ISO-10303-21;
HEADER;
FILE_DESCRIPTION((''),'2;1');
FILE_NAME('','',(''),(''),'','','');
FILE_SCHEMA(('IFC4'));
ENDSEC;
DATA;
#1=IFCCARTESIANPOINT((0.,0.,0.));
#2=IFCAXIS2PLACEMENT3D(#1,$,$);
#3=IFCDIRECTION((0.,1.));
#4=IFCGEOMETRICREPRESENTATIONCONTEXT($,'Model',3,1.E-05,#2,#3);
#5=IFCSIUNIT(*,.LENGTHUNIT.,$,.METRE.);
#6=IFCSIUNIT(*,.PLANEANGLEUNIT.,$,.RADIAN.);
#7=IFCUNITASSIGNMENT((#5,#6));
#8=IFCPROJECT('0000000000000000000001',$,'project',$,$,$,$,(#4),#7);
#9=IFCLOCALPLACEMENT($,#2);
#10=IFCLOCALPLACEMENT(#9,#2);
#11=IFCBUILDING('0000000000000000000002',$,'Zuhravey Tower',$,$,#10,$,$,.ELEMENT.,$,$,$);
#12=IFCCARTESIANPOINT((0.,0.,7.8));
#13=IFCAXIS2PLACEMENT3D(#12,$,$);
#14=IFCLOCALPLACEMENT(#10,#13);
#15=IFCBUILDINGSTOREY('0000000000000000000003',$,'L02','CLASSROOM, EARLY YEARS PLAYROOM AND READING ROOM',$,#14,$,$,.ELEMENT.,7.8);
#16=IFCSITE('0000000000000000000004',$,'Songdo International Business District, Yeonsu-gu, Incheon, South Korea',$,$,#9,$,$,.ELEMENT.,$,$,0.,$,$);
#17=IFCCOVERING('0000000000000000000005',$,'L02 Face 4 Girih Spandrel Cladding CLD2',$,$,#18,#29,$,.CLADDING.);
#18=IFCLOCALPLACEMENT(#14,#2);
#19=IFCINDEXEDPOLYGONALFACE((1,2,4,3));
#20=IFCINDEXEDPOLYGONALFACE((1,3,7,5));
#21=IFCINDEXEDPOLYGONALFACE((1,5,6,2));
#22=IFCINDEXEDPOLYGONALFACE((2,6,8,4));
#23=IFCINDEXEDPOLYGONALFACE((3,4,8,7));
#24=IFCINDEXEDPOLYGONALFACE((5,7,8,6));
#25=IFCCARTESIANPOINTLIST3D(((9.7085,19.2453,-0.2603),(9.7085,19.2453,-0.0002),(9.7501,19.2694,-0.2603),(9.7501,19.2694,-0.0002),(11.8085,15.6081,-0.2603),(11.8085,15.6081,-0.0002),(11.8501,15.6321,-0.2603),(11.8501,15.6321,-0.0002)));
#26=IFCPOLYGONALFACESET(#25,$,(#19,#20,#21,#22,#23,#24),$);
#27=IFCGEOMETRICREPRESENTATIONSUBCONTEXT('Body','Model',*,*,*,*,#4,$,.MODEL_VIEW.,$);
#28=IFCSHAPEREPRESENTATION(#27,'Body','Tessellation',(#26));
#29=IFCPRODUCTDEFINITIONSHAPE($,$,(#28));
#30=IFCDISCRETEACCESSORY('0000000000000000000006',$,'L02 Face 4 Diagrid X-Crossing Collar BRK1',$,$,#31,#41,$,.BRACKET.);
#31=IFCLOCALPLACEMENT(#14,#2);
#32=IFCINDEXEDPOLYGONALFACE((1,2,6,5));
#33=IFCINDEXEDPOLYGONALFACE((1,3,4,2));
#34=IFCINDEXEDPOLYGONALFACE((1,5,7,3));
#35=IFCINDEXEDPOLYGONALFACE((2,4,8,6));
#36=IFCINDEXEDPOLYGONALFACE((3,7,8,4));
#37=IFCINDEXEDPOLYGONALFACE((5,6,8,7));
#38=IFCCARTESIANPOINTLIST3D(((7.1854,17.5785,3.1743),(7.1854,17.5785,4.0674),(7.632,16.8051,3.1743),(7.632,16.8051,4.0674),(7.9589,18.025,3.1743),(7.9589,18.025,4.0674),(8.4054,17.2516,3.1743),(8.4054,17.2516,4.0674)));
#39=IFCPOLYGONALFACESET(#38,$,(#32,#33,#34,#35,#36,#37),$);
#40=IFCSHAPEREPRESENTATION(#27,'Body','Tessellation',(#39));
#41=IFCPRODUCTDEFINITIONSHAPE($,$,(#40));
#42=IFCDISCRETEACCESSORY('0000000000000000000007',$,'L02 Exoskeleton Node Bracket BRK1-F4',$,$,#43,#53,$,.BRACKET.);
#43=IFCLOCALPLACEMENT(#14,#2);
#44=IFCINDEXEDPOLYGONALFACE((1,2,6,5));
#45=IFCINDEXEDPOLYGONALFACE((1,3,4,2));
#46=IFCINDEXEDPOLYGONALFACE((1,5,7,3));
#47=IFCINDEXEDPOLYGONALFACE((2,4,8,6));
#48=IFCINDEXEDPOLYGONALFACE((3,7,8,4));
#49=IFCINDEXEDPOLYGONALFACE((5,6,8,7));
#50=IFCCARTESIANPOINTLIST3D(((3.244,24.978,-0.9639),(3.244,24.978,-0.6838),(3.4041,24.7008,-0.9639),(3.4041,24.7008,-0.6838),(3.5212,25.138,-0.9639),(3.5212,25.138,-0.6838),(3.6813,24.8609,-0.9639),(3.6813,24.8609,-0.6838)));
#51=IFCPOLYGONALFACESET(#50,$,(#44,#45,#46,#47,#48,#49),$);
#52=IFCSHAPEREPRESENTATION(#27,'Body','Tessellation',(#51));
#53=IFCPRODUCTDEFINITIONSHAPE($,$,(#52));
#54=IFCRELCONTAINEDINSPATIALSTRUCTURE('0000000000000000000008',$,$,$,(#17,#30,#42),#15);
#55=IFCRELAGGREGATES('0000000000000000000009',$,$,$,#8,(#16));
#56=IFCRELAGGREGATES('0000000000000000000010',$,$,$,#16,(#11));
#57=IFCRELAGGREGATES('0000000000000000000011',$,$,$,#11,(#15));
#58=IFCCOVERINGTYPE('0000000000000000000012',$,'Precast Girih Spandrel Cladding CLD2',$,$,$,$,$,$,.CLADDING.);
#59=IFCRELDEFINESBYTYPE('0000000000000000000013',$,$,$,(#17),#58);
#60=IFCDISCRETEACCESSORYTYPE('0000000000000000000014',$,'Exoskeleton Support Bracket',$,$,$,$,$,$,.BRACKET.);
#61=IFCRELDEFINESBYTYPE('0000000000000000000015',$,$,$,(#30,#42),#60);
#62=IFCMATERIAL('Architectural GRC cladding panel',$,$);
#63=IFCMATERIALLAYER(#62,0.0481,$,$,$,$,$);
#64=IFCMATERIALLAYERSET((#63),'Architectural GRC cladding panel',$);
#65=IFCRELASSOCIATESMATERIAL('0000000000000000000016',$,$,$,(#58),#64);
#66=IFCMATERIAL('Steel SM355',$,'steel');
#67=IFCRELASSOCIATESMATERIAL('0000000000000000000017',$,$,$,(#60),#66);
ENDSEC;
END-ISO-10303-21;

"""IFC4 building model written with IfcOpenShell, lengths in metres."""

from ifc_helpers import new_model, si_unit, direction, frame, origin, origin_2d, place, context, subcontext, project, spatial, rectangle, extrude, material, layer, layer_set, type_object, element, save


model = new_model("IFC4")

# Units and contexts
model_context = context("Model", 3, precision=1e-05, world=origin(), true_north=direction((0.0, 1.0)))
body_context = subcontext(model_context, "Body", "Model", "MODEL_VIEW")
ifc_project = project(units=[si_unit("LENGTHUNIT", "METRE"), si_unit("PLANEANGLEUNIT", "RADIAN")], contexts=[model_context])

# Site, building, storey
site_placement = place(None, origin())
site = spatial("IfcSite", under=ifc_project, at=site_placement, Name="Songdo International Business District, Yeonsu-gu, Incheon, South Korea", CompositionType="ELEMENT", RefElevation=0.0)
building_placement = place(site_placement, origin())
building = spatial("IfcBuilding", under=site, at=building_placement, Name="Zuhravey Tower", CompositionType="ELEMENT")
storey_placement = place(building_placement, frame((0.0, 0.0, 7.8)))
storey = spatial("IfcBuildingStorey", under=building, at=storey_placement, Name="L02", Description="CLASSROOM, EARLY YEARS PLAYROOM AND READING ROOM", CompositionType="ELEMENT", Elevation=7.8)

# Shared definitions
ifc_material_1 = material(Name="Steel SM355", Category="steel")

# Covering
ifc_material_2 = material(Name="Architectural GRC cladding panel")
ifc_layer_1 = layer(ifc_material_2, 0.0481)
ifc_layer_set_1 = layer_set([ifc_layer_1], Name="Architectural GRC cladding panel")
covering_type = type_object("IfcCoveringType", Name="Precast Girih Spandrel Cladding CLD2", PredefinedType="CLADDING", material=ifc_layer_set_1)
covering_placement = place(storey_placement, frame((10.7793, 17.4387, -0.2603), z_axis=(0.0, 0.0, 1.0), x_axis=(-0.5, 0.866025, 0.0)))
element("IfcCovering", 1, at=covering_placement, inside=storey, type_object=covering_type, Name="L02 Face 4 Girih Spandrel Cladding CLD2", PredefinedType="CLADDING", context=body_context, shape_type="SweptSolid", body=[
    extrude(rectangle(XDim=4.2, YDim=0.0481, at=origin_2d()), origin(), (0.0, 0.0, 1.0), 0.26),
])

# Discrete accessories
discrete_accessory_type = type_object("IfcDiscreteAccessoryType", Name="Exoskeleton Support Bracket", PredefinedType="BRACKET", material=ifc_material_1)
discrete_accessory_1_placement = place(storey_placement, frame((7.7954, 17.415, 3.1743), z_axis=(0.0, 0.0, 1.0), x_axis=(0.5, -0.866025, 0.0)))
element("IfcDiscreteAccessory", 2, at=discrete_accessory_1_placement, inside=storey, type_object=discrete_accessory_type, Name="L02 Face 4 Diagrid X-Crossing Collar BRK1", PredefinedType="BRACKET", context=body_context, shape_type="SweptSolid", body=[
    extrude(rectangle(XDim=0.8931, YDim=0.8931, at=origin_2d()), origin(), (0.0, 0.0, 1.0), 0.8931),
])
discrete_accessory_2_placement = place(storey_placement, frame((3.4626, 24.9194, -0.9639), z_axis=(0.0, 0.0, 1.0), x_axis=(0.5, -0.866025, 0.0)))
element("IfcDiscreteAccessory", 3, at=discrete_accessory_2_placement, inside=storey, type_object=discrete_accessory_type, Name="L02 Exoskeleton Node Bracket BRK1-F4", PredefinedType="BRACKET", context=body_context, shape_type="SweptSolid", body=[
    extrude(rectangle(XDim=0.3201, YDim=0.3201, at=origin_2d()), origin(), (0.0, 0.0, 1.0), 0.28),
])

save(model, "model.ifc")
